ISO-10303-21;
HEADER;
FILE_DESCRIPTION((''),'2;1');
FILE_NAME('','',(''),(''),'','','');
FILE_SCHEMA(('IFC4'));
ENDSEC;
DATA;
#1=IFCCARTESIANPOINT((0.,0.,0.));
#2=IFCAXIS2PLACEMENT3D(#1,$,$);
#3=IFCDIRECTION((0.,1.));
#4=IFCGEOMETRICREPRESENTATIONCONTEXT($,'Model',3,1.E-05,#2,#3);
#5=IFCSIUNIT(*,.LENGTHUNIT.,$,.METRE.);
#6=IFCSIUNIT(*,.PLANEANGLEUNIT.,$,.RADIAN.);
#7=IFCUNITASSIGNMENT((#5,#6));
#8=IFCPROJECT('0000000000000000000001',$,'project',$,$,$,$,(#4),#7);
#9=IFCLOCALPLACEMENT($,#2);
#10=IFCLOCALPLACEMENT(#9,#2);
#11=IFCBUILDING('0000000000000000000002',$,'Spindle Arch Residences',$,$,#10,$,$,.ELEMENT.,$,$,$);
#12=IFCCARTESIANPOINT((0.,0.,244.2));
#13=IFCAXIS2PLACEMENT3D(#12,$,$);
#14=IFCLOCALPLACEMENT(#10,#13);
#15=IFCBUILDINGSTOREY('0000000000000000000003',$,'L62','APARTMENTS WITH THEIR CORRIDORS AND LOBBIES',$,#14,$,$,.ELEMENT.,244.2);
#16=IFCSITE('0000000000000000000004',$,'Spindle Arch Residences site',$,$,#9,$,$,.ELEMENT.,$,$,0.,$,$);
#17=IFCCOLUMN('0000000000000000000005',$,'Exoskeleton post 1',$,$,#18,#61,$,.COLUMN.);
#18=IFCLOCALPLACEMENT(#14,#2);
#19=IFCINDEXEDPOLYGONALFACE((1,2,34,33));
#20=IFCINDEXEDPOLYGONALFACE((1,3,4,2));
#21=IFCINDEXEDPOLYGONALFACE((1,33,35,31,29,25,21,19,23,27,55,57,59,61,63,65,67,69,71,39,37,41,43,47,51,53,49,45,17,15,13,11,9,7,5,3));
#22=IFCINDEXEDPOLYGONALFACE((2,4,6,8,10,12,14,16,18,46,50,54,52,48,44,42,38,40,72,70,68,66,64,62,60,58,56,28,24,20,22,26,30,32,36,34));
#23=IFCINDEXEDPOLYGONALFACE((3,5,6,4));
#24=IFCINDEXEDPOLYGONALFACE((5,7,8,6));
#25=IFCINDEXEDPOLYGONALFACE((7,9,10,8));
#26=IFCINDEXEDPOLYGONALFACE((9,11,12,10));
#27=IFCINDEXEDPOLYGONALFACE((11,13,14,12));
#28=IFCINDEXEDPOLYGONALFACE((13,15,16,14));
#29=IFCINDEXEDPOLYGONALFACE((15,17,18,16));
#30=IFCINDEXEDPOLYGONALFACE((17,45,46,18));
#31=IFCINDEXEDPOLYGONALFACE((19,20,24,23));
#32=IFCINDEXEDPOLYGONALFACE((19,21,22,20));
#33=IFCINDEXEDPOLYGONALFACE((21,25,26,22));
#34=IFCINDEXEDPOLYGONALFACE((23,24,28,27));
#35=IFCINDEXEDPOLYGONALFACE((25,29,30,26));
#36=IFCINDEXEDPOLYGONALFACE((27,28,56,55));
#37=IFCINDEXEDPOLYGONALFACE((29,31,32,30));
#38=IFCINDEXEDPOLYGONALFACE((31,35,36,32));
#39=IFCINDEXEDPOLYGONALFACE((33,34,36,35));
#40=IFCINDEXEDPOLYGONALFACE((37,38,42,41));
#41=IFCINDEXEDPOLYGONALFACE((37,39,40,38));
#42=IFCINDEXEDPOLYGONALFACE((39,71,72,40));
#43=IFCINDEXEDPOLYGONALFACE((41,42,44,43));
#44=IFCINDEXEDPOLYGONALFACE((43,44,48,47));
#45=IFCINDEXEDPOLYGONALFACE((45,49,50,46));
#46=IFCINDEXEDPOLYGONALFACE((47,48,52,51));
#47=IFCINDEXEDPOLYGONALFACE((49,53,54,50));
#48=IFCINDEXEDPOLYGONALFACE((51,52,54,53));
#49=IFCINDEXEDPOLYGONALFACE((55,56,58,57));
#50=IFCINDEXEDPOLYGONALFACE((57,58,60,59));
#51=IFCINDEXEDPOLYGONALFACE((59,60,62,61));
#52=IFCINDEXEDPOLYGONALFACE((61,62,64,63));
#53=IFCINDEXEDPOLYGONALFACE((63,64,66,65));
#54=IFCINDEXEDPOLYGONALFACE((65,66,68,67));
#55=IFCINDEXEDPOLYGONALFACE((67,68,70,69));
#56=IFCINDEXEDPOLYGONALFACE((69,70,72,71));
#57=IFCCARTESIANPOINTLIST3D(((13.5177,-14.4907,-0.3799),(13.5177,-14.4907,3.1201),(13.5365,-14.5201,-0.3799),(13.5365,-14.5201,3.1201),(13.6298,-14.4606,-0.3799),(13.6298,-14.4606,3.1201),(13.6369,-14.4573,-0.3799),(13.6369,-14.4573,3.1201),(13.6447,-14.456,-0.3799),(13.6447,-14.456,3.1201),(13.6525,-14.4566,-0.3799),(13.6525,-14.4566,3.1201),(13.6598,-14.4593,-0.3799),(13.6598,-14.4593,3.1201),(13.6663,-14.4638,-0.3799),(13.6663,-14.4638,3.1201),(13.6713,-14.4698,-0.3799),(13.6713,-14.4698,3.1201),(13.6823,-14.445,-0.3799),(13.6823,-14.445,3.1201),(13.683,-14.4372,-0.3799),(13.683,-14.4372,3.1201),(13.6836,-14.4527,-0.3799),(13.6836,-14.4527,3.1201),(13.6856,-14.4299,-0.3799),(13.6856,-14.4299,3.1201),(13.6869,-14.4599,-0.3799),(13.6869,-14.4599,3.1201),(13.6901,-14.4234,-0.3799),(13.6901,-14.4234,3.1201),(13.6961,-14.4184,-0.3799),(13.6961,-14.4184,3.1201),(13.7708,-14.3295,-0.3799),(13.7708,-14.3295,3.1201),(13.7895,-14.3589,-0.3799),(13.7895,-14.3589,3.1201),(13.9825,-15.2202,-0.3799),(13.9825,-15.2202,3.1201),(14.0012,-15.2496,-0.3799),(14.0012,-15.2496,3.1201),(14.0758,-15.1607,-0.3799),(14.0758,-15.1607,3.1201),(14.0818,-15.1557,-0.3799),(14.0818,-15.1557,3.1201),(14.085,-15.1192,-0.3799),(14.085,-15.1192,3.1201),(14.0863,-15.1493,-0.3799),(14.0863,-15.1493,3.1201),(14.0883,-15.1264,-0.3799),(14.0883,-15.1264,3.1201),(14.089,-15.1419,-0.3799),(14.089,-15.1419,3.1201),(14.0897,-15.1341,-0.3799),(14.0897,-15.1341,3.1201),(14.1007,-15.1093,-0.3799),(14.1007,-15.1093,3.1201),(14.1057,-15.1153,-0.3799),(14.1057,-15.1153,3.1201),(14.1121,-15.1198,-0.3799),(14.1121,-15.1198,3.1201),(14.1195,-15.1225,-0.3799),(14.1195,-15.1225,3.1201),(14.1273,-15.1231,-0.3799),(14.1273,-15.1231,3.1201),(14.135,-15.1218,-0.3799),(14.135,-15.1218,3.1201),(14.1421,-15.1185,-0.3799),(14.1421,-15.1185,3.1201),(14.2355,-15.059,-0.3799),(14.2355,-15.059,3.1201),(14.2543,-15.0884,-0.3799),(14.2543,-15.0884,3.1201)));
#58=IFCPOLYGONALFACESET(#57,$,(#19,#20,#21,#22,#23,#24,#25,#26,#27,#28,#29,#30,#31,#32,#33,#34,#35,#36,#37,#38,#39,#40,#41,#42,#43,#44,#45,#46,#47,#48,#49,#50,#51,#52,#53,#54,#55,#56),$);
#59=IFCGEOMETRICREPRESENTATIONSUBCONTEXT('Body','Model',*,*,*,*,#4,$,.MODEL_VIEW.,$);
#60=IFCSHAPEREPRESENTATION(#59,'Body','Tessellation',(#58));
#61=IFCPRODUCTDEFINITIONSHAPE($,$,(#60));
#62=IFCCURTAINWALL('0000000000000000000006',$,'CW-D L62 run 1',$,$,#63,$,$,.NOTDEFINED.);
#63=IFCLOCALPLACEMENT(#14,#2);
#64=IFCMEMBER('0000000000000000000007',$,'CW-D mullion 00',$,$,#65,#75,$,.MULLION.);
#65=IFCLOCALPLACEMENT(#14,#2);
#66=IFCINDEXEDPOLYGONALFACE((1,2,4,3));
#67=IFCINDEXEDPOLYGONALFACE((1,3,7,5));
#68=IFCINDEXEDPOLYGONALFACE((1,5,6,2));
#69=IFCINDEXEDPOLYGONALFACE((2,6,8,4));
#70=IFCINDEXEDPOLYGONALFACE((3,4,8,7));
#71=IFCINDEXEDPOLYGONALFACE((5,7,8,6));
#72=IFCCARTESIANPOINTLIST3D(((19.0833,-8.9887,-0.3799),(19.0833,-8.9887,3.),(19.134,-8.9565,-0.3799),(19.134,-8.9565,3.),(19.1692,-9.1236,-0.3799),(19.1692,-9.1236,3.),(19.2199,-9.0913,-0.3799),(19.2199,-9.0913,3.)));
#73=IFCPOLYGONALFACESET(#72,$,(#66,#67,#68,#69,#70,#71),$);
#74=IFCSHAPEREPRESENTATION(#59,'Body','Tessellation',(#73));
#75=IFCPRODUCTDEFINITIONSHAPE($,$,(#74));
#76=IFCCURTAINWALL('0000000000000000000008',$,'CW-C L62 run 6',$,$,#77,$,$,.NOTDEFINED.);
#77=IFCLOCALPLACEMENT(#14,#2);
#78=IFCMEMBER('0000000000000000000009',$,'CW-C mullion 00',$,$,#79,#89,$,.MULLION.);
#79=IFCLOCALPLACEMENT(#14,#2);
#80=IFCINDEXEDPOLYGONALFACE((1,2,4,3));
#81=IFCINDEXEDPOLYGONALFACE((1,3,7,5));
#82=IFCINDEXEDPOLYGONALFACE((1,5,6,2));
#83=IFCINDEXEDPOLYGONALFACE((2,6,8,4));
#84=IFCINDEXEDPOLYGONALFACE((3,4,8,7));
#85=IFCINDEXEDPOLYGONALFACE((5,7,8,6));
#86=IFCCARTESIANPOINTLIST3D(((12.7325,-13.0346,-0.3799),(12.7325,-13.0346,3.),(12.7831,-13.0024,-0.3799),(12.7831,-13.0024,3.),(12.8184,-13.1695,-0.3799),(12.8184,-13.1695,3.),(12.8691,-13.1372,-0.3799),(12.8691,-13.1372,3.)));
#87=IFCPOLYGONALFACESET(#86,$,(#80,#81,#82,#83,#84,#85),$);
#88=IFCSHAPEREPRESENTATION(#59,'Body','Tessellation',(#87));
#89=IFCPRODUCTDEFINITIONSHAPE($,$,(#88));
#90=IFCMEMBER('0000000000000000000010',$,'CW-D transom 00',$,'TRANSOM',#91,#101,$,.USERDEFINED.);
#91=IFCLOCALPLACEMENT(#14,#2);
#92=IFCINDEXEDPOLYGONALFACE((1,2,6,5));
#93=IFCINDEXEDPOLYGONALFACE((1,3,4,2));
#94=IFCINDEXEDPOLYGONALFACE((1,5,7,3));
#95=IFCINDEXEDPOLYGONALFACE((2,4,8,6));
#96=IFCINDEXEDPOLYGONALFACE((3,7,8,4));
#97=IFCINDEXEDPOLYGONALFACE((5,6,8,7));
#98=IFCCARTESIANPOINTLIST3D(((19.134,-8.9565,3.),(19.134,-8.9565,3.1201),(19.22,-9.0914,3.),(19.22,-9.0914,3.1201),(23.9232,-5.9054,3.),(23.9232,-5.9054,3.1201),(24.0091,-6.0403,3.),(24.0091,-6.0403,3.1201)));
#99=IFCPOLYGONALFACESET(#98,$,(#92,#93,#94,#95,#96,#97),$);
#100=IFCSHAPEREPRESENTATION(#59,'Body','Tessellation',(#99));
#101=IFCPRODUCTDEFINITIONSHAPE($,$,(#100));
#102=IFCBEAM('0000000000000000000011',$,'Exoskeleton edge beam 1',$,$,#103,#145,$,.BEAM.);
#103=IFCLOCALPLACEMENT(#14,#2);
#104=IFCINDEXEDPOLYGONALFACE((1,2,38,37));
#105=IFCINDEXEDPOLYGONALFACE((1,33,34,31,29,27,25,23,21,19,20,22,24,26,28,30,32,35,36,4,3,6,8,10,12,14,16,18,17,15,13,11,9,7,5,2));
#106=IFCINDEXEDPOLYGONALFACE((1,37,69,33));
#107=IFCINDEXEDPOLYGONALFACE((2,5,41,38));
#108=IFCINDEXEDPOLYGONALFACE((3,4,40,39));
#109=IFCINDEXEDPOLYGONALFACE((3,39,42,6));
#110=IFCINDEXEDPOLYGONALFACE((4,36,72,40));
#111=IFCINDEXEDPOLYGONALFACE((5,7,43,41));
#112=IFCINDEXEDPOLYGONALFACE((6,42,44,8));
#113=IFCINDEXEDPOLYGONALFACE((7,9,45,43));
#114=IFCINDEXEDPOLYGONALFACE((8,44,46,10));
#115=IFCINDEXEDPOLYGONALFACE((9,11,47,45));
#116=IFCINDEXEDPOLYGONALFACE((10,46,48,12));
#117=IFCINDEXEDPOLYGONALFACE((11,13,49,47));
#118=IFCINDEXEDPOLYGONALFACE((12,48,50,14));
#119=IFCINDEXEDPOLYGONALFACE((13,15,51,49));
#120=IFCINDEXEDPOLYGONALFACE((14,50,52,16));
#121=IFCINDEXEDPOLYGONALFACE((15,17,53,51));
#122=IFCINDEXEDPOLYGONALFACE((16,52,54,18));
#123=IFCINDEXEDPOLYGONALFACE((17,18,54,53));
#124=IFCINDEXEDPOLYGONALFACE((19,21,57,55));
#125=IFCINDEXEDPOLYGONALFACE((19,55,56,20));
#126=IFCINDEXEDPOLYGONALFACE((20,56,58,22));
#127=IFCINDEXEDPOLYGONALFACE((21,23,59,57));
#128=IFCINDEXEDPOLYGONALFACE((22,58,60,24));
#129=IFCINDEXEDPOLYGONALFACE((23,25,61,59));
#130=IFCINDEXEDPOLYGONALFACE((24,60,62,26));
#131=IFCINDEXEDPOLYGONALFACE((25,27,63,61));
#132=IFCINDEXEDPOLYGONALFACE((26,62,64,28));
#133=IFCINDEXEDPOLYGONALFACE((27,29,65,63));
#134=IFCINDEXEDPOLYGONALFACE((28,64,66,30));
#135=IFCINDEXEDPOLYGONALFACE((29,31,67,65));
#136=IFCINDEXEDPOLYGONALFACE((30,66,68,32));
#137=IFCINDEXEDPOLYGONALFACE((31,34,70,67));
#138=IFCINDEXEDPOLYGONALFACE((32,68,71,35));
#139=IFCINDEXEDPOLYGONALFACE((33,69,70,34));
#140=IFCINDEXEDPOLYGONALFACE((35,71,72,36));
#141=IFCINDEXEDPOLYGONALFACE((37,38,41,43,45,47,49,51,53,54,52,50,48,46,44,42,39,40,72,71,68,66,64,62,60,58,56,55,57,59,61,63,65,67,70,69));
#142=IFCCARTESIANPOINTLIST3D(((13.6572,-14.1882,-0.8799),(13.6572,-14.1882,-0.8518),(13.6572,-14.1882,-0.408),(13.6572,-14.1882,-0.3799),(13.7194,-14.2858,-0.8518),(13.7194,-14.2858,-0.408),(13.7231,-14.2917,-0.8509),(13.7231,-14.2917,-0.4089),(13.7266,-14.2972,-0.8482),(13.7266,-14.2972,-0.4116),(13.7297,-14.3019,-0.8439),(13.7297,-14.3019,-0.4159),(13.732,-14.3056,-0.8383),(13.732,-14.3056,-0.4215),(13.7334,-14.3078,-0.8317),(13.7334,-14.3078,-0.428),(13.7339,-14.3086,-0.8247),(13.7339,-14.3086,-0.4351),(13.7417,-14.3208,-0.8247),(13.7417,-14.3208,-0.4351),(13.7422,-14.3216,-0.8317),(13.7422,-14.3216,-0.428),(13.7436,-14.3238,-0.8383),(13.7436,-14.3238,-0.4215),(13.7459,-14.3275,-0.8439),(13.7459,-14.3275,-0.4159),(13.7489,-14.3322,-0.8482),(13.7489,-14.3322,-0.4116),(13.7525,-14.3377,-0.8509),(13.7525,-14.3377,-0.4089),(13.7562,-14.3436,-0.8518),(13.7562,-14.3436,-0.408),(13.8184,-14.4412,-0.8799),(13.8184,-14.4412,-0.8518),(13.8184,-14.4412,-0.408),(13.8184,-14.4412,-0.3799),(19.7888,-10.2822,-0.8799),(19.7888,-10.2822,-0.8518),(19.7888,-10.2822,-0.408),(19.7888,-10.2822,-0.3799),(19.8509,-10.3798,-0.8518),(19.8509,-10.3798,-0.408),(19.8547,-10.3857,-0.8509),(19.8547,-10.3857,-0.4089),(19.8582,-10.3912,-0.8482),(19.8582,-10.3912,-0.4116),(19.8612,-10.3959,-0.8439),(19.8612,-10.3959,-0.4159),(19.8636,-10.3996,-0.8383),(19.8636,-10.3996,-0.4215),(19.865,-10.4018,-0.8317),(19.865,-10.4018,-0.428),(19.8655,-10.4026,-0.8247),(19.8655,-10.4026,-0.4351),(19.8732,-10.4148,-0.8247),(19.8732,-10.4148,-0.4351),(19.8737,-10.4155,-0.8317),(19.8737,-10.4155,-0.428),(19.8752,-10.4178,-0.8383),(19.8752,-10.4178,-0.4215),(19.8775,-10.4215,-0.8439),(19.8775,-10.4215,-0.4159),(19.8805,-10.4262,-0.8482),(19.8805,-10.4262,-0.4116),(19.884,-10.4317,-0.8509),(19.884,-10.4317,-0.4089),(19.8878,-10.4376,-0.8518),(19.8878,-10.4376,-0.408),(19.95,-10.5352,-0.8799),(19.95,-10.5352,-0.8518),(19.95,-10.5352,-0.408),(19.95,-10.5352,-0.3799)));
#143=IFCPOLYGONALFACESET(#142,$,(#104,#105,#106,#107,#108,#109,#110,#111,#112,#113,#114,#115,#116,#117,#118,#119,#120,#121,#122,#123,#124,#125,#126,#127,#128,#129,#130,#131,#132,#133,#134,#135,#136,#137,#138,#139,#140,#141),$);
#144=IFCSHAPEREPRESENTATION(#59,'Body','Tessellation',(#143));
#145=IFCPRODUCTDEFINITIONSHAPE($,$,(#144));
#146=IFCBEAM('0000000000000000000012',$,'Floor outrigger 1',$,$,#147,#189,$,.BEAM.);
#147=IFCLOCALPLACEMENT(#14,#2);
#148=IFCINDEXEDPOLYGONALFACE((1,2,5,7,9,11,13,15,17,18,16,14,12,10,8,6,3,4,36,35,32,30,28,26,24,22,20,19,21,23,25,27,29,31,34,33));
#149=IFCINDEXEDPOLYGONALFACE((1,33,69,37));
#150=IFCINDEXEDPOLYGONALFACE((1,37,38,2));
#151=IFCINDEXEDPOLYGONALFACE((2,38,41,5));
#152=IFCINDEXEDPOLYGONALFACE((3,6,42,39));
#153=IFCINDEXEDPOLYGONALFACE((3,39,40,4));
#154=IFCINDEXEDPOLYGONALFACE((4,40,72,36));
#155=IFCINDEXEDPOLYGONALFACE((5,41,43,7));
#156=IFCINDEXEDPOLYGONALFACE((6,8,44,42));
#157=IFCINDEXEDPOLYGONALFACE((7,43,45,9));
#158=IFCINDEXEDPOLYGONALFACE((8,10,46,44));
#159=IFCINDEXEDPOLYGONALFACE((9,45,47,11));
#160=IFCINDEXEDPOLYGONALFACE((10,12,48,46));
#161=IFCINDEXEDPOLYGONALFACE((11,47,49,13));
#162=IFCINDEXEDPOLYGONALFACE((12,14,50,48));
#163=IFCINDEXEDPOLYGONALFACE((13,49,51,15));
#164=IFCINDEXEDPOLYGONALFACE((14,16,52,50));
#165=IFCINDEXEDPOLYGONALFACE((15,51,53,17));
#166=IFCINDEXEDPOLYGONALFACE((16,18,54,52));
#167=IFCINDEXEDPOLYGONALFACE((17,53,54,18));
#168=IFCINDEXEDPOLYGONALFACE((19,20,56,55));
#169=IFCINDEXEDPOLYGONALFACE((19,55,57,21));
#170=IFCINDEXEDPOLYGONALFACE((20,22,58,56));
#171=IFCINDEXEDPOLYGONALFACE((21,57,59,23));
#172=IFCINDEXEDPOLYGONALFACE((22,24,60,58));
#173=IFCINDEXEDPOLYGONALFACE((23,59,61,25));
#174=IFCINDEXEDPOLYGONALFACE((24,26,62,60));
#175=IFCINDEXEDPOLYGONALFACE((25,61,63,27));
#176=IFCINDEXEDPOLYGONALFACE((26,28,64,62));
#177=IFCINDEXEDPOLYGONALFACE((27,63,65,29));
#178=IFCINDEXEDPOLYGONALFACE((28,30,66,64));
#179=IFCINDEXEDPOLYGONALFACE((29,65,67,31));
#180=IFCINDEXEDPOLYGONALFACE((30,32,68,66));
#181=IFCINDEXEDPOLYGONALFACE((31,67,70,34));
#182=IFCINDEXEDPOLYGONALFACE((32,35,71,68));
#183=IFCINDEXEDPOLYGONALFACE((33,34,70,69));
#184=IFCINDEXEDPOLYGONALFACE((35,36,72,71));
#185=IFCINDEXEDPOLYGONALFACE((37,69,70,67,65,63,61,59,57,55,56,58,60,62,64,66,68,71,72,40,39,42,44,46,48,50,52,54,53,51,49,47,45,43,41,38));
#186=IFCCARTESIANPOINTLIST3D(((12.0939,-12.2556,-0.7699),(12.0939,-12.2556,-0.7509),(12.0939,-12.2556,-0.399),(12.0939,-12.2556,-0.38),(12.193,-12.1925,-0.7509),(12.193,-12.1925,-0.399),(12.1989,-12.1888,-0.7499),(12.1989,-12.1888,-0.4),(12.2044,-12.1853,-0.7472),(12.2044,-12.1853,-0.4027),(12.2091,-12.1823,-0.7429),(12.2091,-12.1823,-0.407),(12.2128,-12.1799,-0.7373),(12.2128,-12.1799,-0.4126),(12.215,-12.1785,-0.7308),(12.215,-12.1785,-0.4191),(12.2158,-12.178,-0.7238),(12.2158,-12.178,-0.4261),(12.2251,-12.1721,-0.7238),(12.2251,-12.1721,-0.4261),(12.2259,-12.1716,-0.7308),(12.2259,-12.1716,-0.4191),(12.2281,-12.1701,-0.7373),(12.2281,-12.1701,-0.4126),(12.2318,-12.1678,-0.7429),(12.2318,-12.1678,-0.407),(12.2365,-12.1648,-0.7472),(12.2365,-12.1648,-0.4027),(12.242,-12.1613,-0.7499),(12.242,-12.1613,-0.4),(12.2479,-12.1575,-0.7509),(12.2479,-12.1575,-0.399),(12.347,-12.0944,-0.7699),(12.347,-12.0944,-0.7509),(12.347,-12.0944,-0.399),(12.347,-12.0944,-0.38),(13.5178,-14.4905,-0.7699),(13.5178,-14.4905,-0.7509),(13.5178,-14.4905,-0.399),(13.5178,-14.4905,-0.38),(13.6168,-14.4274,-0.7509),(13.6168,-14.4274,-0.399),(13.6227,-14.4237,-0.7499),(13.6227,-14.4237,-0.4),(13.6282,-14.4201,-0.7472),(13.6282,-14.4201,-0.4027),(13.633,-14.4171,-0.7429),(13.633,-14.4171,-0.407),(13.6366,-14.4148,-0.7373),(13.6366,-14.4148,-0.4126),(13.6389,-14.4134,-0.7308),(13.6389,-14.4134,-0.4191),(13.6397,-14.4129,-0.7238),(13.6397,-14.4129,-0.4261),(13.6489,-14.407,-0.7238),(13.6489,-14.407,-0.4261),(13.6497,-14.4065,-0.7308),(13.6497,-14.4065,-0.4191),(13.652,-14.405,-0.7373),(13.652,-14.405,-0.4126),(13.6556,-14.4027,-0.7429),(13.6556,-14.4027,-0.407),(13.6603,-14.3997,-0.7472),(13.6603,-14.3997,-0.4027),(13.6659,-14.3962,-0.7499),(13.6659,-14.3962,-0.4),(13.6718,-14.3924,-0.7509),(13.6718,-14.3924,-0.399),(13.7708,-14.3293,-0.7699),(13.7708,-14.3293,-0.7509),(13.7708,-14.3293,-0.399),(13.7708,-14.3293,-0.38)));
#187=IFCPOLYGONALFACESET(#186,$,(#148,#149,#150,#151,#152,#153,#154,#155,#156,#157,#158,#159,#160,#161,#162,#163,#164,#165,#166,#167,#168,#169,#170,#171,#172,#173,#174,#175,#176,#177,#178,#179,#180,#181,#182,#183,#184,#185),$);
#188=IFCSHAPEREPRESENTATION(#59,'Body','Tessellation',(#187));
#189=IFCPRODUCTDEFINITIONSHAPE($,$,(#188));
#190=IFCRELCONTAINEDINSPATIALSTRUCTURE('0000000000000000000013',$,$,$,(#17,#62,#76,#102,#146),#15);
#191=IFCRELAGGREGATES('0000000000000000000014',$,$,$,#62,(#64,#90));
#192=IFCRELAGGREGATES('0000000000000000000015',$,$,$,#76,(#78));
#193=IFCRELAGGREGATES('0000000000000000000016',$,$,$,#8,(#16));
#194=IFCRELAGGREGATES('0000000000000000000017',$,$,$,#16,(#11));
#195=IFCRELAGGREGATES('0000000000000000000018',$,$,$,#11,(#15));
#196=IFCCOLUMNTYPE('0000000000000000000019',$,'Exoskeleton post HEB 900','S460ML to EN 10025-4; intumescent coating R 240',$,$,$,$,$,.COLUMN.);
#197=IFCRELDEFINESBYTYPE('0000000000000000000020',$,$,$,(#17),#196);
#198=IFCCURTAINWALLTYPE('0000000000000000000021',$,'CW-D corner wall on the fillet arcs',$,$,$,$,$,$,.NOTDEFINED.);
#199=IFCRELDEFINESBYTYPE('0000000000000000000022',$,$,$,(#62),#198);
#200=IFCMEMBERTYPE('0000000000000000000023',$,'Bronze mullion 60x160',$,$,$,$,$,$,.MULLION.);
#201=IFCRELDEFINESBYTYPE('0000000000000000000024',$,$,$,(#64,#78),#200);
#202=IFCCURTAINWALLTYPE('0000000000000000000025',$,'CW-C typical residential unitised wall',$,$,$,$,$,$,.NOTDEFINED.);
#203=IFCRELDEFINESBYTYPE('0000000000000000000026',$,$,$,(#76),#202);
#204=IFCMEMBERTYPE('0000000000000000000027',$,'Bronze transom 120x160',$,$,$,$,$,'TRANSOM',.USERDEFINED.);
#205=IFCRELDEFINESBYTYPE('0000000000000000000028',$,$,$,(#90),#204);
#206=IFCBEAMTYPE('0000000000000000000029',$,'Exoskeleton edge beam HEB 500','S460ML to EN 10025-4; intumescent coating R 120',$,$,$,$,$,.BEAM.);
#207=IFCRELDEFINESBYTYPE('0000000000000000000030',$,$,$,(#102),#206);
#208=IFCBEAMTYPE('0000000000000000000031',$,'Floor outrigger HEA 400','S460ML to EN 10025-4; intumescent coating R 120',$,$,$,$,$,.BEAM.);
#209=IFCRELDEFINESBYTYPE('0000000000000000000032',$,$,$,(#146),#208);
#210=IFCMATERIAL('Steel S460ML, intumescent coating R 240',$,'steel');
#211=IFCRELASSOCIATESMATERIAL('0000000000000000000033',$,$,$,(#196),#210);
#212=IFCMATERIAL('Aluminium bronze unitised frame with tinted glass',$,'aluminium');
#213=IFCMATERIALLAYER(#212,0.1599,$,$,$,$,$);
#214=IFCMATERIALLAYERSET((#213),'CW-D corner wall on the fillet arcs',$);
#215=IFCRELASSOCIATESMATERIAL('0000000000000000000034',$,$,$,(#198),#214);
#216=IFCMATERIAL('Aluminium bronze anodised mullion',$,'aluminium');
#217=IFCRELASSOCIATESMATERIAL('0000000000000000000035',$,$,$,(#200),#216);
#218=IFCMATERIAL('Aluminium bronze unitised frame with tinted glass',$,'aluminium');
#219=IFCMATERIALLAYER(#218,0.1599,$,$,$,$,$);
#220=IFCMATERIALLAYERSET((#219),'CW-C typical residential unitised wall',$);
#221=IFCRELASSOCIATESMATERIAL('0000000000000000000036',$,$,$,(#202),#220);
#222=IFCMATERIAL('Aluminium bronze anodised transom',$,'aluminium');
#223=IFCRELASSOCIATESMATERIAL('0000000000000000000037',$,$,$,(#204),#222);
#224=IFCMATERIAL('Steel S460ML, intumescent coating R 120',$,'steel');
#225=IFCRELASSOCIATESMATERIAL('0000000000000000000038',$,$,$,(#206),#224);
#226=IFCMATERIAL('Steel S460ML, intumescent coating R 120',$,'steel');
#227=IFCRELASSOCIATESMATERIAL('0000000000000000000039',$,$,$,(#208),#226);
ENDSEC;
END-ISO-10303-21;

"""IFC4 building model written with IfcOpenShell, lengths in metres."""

from ifc_helpers import new_model, si_unit, direction, frame, origin, origin_2d, place, context, subcontext, project, spatial, rectangle, i_section, extrude, material, layer, layer_set, material_profile, profile_set, type_object, element, aggregate, save


model = new_model("IFC4")

# Units and contexts
model_context = context("Model", 3, precision=1e-05, world=origin(), true_north=direction((0.0, 1.0)))
body_context = subcontext(model_context, "Body", "Model", "MODEL_VIEW")
ifc_project = project(units=[si_unit("LENGTHUNIT", "METRE"), si_unit("PLANEANGLEUNIT", "RADIAN")], contexts=[model_context])

# Site, building, storey
site_placement = place(None, origin())
site = spatial("IfcSite", under=ifc_project, at=site_placement, Name="Spindle Arch Residences site", CompositionType="ELEMENT", RefElevation=0.0)
building_placement = place(site_placement, origin())
building = spatial("IfcBuilding", under=site, at=building_placement, Name="Spindle Arch Residences", CompositionType="ELEMENT")
storey_placement = place(building_placement, frame((0.0, 0.0, 244.2)))
storey = spatial("IfcBuildingStorey", under=building, at=storey_placement, Name="L62", Description="APARTMENTS WITH THEIR CORRIDORS AND LOBBIES", CompositionType="ELEMENT", Elevation=244.2)

# Column
ifc_material_1 = material(Name="Steel S460ML, intumescent coating R 240", Category="steel")
ifc_material_profile_1 = material_profile(ifc_material_1, i_section(OverallWidth=0.3, OverallDepth=0.8999, WebThickness=0.0186, FlangeThickness=0.0349, FilletRadius=0.03, at=origin_2d()), Name="HEB 900")
ifc_profile_set_1 = profile_set([ifc_material_profile_1], Name="Steel S460ML, intumescent coating R 240")
column_type = type_object("IfcColumnType", Name="Exoskeleton post HEB 900", Description="S460ML to EN 10025-4; intumescent coating R 240", PredefinedType="COLUMN", material=ifc_profile_set_1)
column_placement = place(storey_placement, frame((13.886, -14.7896, -0.3799), z_axis=(0.0, 0.0, 1.0), x_axis=(-0.843391, -0.5373, 0.0)))
element("IfcColumn", 1, at=column_placement, inside=storey, type_object=column_type, Name="Exoskeleton post 1", PredefinedType="COLUMN", context=body_context, shape_type="SweptSolid", body=[
    extrude(i_section(OverallWidth=0.3, OverallDepth=0.8999, WebThickness=0.0186, FlangeThickness=0.0349, FilletRadius=0.03, at=origin_2d()), origin(), (0.0, 0.0, 1.0), 3.5),
])

# Curtain walls, members
ifc_material_2 = material(Name="Aluminium bronze unitised frame with tinted glass", Category="aluminium")
ifc_layer_1 = layer(ifc_material_2, 0.1599)
ifc_layer_set_1 = layer_set([ifc_layer_1], Name="CW-D corner wall on the fillet arcs")
curtain_wall_type_1 = type_object("IfcCurtainWallType", Name="CW-D corner wall on the fillet arcs", PredefinedType="NOTDEFINED", material=ifc_layer_set_1)
curtain_wall_1_placement = place(storey_placement, origin())
curtain_wall_1 = element("IfcCurtainWall", 2, at=curtain_wall_1_placement, inside=storey, type_object=curtain_wall_type_1, Name="CW-D L62 run 1", PredefinedType="NOTDEFINED")
ifc_material_3 = material(Name="Aluminium bronze anodised mullion", Category="aluminium")
ifc_material_profile_2 = material_profile(ifc_material_3, rectangle(XDim=0.1599, YDim=0.0601, at=origin_2d()), Name="MU 60x160")
ifc_profile_set_2 = profile_set([ifc_material_profile_2], Name="Aluminium bronze anodised mullion")
member_type_1 = type_object("IfcMemberType", Name="Bronze mullion 60x160", PredefinedType="MULLION", material=ifc_profile_set_2)
member_1_placement = place(storey_placement, frame((19.1516, -9.04, -0.3799), z_axis=(0.0, 0.0, 1.0), x_axis=(-0.5373, 0.843391, 0.0)))
member_1 = element("IfcMember", 3, at=member_1_placement, type_object=member_type_1, Name="CW-D mullion 00", PredefinedType="MULLION", context=body_context, shape_type="SweptSolid", body=[
    extrude(rectangle(XDim=0.1599, YDim=0.0601, at=origin_2d()), origin(), (0.0, 0.0, 1.0), 3.3799),
])
ifc_material_4 = material(Name="Aluminium bronze unitised frame with tinted glass", Category="aluminium")
ifc_layer_2 = layer(ifc_material_4, 0.1599)
ifc_layer_set_2 = layer_set([ifc_layer_2], Name="CW-C typical residential unitised wall")
curtain_wall_type_2 = type_object("IfcCurtainWallType", Name="CW-C typical residential unitised wall", PredefinedType="NOTDEFINED", material=ifc_layer_set_2)
curtain_wall_2_placement = place(storey_placement, origin())
curtain_wall_2 = element("IfcCurtainWall", 4, at=curtain_wall_2_placement, inside=storey, type_object=curtain_wall_type_2, Name="CW-C L62 run 6", PredefinedType="NOTDEFINED")
member_2_placement = place(storey_placement, frame((12.8008, -13.0859, -0.3799), z_axis=(0.0, 0.0, 1.0), x_axis=(-0.5373, 0.843391, 0.0)))
member_2 = element("IfcMember", 5, at=member_2_placement, type_object=member_type_1, Name="CW-C mullion 00", PredefinedType="MULLION", context=body_context, shape_type="SweptSolid", body=[
    extrude(rectangle(XDim=0.1599, YDim=0.0601, at=origin_2d()), origin(), (0.0, 0.0, 1.0), 3.3799),
])

# Member
ifc_material_5 = material(Name="Aluminium bronze anodised transom", Category="aluminium")
ifc_material_profile_3 = material_profile(ifc_material_5, rectangle(XDim=0.1599, YDim=0.1201, at=origin_2d()), Name="TR 120x160")
ifc_profile_set_3 = profile_set([ifc_material_profile_3], Name="Aluminium bronze anodised transom")
member_type_2 = type_object("IfcMemberType", Name="Bronze transom 120x160", ElementType="TRANSOM", PredefinedType="USERDEFINED", material=ifc_profile_set_3)
member_3_placement = place(storey_placement, frame((19.177, -9.0239, 3.0601), z_axis=(0.843387, 0.537307, 0.0), x_axis=(-0.537307, 0.843387, 0.0)))
member_3 = element("IfcMember", 6, at=member_3_placement, type_object=member_type_2, Name="CW-D transom 00", ObjectType="TRANSOM", PredefinedType="USERDEFINED", context=body_context, shape_type="SweptSolid", body=[
    extrude(rectangle(XDim=0.1599, YDim=0.1201, at=origin_2d()), origin(), (0.0, 0.0, 1.0), 5.6785),
])
aggregate(curtain_wall_1, [member_1, member_3])

# Beams
ifc_material_6 = material(Name="Steel S460ML, intumescent coating R 120", Category="steel")
ifc_material_profile_4 = material_profile(ifc_material_6, i_section(OverallWidth=0.3, OverallDepth=0.5, WebThickness=0.0144, FlangeThickness=0.0281, FilletRadius=0.0271, at=origin_2d()), Name="HEB 500")
ifc_profile_set_4 = profile_set([ifc_material_profile_4], Name="Steel S460ML, intumescent coating R 120")
beam_type_1 = type_object("IfcBeamType", Name="Exoskeleton edge beam HEB 500", Description="S460ML to EN 10025-4; intumescent coating R 120", PredefinedType="BEAM", material=ifc_profile_set_4)
beam_1_placement = place(storey_placement, frame((13.7378, -14.3147, -0.6299), z_axis=(0.843407, 0.537275, 0.0), x_axis=(-0.537275, 0.843407, 0.0)))
element("IfcBeam", 7, at=beam_1_placement, inside=storey, type_object=beam_type_1, Name="Exoskeleton edge beam 1", PredefinedType="BEAM", context=body_context, shape_type="SweptSolid", body=[
    extrude(i_section(OverallWidth=0.3, OverallDepth=0.5, WebThickness=0.0144, FlangeThickness=0.0281, FilletRadius=0.0271, at=origin_2d()), origin(), (0.0, 0.0, 1.0), 7.27),
])
ifc_material_7 = material(Name="Steel S460ML, intumescent coating R 120", Category="steel")
ifc_material_profile_5 = material_profile(ifc_material_7, i_section(OverallWidth=0.3, OverallDepth=0.3899, WebThickness=0.011, FlangeThickness=0.019, FilletRadius=0.0271, at=origin_2d()), Name="HEA 400")
ifc_profile_set_5 = profile_set([ifc_material_profile_5], Name="Steel S460ML, intumescent coating R 120")
beam_type_2 = type_object("IfcBeamType", Name="Floor outrigger HEA 400", Description="S460ML to EN 10025-4; intumescent coating R 120", PredefinedType="BEAM", material=ifc_profile_set_5)
beam_2_placement = place(storey_placement, frame((13.6443, -14.4099, -0.575), z_axis=(-0.537317, 0.843381, 0.0), x_axis=(-0.843381, -0.537317, 0.0)))
element("IfcBeam", 8, at=beam_2_placement, inside=storey, type_object=beam_type_2, Name="Floor outrigger 1", PredefinedType="BEAM", context=body_context, shape_type="SweptSolid", body=[
    extrude(i_section(OverallWidth=0.3, OverallDepth=0.3899, WebThickness=0.011, FlangeThickness=0.019, FilletRadius=0.0271, at=origin_2d()), origin(), (0.0, 0.0, 1.0), 2.6499),
])

aggregate(curtain_wall_2, [member_2])

save(model, "model.ifc")
